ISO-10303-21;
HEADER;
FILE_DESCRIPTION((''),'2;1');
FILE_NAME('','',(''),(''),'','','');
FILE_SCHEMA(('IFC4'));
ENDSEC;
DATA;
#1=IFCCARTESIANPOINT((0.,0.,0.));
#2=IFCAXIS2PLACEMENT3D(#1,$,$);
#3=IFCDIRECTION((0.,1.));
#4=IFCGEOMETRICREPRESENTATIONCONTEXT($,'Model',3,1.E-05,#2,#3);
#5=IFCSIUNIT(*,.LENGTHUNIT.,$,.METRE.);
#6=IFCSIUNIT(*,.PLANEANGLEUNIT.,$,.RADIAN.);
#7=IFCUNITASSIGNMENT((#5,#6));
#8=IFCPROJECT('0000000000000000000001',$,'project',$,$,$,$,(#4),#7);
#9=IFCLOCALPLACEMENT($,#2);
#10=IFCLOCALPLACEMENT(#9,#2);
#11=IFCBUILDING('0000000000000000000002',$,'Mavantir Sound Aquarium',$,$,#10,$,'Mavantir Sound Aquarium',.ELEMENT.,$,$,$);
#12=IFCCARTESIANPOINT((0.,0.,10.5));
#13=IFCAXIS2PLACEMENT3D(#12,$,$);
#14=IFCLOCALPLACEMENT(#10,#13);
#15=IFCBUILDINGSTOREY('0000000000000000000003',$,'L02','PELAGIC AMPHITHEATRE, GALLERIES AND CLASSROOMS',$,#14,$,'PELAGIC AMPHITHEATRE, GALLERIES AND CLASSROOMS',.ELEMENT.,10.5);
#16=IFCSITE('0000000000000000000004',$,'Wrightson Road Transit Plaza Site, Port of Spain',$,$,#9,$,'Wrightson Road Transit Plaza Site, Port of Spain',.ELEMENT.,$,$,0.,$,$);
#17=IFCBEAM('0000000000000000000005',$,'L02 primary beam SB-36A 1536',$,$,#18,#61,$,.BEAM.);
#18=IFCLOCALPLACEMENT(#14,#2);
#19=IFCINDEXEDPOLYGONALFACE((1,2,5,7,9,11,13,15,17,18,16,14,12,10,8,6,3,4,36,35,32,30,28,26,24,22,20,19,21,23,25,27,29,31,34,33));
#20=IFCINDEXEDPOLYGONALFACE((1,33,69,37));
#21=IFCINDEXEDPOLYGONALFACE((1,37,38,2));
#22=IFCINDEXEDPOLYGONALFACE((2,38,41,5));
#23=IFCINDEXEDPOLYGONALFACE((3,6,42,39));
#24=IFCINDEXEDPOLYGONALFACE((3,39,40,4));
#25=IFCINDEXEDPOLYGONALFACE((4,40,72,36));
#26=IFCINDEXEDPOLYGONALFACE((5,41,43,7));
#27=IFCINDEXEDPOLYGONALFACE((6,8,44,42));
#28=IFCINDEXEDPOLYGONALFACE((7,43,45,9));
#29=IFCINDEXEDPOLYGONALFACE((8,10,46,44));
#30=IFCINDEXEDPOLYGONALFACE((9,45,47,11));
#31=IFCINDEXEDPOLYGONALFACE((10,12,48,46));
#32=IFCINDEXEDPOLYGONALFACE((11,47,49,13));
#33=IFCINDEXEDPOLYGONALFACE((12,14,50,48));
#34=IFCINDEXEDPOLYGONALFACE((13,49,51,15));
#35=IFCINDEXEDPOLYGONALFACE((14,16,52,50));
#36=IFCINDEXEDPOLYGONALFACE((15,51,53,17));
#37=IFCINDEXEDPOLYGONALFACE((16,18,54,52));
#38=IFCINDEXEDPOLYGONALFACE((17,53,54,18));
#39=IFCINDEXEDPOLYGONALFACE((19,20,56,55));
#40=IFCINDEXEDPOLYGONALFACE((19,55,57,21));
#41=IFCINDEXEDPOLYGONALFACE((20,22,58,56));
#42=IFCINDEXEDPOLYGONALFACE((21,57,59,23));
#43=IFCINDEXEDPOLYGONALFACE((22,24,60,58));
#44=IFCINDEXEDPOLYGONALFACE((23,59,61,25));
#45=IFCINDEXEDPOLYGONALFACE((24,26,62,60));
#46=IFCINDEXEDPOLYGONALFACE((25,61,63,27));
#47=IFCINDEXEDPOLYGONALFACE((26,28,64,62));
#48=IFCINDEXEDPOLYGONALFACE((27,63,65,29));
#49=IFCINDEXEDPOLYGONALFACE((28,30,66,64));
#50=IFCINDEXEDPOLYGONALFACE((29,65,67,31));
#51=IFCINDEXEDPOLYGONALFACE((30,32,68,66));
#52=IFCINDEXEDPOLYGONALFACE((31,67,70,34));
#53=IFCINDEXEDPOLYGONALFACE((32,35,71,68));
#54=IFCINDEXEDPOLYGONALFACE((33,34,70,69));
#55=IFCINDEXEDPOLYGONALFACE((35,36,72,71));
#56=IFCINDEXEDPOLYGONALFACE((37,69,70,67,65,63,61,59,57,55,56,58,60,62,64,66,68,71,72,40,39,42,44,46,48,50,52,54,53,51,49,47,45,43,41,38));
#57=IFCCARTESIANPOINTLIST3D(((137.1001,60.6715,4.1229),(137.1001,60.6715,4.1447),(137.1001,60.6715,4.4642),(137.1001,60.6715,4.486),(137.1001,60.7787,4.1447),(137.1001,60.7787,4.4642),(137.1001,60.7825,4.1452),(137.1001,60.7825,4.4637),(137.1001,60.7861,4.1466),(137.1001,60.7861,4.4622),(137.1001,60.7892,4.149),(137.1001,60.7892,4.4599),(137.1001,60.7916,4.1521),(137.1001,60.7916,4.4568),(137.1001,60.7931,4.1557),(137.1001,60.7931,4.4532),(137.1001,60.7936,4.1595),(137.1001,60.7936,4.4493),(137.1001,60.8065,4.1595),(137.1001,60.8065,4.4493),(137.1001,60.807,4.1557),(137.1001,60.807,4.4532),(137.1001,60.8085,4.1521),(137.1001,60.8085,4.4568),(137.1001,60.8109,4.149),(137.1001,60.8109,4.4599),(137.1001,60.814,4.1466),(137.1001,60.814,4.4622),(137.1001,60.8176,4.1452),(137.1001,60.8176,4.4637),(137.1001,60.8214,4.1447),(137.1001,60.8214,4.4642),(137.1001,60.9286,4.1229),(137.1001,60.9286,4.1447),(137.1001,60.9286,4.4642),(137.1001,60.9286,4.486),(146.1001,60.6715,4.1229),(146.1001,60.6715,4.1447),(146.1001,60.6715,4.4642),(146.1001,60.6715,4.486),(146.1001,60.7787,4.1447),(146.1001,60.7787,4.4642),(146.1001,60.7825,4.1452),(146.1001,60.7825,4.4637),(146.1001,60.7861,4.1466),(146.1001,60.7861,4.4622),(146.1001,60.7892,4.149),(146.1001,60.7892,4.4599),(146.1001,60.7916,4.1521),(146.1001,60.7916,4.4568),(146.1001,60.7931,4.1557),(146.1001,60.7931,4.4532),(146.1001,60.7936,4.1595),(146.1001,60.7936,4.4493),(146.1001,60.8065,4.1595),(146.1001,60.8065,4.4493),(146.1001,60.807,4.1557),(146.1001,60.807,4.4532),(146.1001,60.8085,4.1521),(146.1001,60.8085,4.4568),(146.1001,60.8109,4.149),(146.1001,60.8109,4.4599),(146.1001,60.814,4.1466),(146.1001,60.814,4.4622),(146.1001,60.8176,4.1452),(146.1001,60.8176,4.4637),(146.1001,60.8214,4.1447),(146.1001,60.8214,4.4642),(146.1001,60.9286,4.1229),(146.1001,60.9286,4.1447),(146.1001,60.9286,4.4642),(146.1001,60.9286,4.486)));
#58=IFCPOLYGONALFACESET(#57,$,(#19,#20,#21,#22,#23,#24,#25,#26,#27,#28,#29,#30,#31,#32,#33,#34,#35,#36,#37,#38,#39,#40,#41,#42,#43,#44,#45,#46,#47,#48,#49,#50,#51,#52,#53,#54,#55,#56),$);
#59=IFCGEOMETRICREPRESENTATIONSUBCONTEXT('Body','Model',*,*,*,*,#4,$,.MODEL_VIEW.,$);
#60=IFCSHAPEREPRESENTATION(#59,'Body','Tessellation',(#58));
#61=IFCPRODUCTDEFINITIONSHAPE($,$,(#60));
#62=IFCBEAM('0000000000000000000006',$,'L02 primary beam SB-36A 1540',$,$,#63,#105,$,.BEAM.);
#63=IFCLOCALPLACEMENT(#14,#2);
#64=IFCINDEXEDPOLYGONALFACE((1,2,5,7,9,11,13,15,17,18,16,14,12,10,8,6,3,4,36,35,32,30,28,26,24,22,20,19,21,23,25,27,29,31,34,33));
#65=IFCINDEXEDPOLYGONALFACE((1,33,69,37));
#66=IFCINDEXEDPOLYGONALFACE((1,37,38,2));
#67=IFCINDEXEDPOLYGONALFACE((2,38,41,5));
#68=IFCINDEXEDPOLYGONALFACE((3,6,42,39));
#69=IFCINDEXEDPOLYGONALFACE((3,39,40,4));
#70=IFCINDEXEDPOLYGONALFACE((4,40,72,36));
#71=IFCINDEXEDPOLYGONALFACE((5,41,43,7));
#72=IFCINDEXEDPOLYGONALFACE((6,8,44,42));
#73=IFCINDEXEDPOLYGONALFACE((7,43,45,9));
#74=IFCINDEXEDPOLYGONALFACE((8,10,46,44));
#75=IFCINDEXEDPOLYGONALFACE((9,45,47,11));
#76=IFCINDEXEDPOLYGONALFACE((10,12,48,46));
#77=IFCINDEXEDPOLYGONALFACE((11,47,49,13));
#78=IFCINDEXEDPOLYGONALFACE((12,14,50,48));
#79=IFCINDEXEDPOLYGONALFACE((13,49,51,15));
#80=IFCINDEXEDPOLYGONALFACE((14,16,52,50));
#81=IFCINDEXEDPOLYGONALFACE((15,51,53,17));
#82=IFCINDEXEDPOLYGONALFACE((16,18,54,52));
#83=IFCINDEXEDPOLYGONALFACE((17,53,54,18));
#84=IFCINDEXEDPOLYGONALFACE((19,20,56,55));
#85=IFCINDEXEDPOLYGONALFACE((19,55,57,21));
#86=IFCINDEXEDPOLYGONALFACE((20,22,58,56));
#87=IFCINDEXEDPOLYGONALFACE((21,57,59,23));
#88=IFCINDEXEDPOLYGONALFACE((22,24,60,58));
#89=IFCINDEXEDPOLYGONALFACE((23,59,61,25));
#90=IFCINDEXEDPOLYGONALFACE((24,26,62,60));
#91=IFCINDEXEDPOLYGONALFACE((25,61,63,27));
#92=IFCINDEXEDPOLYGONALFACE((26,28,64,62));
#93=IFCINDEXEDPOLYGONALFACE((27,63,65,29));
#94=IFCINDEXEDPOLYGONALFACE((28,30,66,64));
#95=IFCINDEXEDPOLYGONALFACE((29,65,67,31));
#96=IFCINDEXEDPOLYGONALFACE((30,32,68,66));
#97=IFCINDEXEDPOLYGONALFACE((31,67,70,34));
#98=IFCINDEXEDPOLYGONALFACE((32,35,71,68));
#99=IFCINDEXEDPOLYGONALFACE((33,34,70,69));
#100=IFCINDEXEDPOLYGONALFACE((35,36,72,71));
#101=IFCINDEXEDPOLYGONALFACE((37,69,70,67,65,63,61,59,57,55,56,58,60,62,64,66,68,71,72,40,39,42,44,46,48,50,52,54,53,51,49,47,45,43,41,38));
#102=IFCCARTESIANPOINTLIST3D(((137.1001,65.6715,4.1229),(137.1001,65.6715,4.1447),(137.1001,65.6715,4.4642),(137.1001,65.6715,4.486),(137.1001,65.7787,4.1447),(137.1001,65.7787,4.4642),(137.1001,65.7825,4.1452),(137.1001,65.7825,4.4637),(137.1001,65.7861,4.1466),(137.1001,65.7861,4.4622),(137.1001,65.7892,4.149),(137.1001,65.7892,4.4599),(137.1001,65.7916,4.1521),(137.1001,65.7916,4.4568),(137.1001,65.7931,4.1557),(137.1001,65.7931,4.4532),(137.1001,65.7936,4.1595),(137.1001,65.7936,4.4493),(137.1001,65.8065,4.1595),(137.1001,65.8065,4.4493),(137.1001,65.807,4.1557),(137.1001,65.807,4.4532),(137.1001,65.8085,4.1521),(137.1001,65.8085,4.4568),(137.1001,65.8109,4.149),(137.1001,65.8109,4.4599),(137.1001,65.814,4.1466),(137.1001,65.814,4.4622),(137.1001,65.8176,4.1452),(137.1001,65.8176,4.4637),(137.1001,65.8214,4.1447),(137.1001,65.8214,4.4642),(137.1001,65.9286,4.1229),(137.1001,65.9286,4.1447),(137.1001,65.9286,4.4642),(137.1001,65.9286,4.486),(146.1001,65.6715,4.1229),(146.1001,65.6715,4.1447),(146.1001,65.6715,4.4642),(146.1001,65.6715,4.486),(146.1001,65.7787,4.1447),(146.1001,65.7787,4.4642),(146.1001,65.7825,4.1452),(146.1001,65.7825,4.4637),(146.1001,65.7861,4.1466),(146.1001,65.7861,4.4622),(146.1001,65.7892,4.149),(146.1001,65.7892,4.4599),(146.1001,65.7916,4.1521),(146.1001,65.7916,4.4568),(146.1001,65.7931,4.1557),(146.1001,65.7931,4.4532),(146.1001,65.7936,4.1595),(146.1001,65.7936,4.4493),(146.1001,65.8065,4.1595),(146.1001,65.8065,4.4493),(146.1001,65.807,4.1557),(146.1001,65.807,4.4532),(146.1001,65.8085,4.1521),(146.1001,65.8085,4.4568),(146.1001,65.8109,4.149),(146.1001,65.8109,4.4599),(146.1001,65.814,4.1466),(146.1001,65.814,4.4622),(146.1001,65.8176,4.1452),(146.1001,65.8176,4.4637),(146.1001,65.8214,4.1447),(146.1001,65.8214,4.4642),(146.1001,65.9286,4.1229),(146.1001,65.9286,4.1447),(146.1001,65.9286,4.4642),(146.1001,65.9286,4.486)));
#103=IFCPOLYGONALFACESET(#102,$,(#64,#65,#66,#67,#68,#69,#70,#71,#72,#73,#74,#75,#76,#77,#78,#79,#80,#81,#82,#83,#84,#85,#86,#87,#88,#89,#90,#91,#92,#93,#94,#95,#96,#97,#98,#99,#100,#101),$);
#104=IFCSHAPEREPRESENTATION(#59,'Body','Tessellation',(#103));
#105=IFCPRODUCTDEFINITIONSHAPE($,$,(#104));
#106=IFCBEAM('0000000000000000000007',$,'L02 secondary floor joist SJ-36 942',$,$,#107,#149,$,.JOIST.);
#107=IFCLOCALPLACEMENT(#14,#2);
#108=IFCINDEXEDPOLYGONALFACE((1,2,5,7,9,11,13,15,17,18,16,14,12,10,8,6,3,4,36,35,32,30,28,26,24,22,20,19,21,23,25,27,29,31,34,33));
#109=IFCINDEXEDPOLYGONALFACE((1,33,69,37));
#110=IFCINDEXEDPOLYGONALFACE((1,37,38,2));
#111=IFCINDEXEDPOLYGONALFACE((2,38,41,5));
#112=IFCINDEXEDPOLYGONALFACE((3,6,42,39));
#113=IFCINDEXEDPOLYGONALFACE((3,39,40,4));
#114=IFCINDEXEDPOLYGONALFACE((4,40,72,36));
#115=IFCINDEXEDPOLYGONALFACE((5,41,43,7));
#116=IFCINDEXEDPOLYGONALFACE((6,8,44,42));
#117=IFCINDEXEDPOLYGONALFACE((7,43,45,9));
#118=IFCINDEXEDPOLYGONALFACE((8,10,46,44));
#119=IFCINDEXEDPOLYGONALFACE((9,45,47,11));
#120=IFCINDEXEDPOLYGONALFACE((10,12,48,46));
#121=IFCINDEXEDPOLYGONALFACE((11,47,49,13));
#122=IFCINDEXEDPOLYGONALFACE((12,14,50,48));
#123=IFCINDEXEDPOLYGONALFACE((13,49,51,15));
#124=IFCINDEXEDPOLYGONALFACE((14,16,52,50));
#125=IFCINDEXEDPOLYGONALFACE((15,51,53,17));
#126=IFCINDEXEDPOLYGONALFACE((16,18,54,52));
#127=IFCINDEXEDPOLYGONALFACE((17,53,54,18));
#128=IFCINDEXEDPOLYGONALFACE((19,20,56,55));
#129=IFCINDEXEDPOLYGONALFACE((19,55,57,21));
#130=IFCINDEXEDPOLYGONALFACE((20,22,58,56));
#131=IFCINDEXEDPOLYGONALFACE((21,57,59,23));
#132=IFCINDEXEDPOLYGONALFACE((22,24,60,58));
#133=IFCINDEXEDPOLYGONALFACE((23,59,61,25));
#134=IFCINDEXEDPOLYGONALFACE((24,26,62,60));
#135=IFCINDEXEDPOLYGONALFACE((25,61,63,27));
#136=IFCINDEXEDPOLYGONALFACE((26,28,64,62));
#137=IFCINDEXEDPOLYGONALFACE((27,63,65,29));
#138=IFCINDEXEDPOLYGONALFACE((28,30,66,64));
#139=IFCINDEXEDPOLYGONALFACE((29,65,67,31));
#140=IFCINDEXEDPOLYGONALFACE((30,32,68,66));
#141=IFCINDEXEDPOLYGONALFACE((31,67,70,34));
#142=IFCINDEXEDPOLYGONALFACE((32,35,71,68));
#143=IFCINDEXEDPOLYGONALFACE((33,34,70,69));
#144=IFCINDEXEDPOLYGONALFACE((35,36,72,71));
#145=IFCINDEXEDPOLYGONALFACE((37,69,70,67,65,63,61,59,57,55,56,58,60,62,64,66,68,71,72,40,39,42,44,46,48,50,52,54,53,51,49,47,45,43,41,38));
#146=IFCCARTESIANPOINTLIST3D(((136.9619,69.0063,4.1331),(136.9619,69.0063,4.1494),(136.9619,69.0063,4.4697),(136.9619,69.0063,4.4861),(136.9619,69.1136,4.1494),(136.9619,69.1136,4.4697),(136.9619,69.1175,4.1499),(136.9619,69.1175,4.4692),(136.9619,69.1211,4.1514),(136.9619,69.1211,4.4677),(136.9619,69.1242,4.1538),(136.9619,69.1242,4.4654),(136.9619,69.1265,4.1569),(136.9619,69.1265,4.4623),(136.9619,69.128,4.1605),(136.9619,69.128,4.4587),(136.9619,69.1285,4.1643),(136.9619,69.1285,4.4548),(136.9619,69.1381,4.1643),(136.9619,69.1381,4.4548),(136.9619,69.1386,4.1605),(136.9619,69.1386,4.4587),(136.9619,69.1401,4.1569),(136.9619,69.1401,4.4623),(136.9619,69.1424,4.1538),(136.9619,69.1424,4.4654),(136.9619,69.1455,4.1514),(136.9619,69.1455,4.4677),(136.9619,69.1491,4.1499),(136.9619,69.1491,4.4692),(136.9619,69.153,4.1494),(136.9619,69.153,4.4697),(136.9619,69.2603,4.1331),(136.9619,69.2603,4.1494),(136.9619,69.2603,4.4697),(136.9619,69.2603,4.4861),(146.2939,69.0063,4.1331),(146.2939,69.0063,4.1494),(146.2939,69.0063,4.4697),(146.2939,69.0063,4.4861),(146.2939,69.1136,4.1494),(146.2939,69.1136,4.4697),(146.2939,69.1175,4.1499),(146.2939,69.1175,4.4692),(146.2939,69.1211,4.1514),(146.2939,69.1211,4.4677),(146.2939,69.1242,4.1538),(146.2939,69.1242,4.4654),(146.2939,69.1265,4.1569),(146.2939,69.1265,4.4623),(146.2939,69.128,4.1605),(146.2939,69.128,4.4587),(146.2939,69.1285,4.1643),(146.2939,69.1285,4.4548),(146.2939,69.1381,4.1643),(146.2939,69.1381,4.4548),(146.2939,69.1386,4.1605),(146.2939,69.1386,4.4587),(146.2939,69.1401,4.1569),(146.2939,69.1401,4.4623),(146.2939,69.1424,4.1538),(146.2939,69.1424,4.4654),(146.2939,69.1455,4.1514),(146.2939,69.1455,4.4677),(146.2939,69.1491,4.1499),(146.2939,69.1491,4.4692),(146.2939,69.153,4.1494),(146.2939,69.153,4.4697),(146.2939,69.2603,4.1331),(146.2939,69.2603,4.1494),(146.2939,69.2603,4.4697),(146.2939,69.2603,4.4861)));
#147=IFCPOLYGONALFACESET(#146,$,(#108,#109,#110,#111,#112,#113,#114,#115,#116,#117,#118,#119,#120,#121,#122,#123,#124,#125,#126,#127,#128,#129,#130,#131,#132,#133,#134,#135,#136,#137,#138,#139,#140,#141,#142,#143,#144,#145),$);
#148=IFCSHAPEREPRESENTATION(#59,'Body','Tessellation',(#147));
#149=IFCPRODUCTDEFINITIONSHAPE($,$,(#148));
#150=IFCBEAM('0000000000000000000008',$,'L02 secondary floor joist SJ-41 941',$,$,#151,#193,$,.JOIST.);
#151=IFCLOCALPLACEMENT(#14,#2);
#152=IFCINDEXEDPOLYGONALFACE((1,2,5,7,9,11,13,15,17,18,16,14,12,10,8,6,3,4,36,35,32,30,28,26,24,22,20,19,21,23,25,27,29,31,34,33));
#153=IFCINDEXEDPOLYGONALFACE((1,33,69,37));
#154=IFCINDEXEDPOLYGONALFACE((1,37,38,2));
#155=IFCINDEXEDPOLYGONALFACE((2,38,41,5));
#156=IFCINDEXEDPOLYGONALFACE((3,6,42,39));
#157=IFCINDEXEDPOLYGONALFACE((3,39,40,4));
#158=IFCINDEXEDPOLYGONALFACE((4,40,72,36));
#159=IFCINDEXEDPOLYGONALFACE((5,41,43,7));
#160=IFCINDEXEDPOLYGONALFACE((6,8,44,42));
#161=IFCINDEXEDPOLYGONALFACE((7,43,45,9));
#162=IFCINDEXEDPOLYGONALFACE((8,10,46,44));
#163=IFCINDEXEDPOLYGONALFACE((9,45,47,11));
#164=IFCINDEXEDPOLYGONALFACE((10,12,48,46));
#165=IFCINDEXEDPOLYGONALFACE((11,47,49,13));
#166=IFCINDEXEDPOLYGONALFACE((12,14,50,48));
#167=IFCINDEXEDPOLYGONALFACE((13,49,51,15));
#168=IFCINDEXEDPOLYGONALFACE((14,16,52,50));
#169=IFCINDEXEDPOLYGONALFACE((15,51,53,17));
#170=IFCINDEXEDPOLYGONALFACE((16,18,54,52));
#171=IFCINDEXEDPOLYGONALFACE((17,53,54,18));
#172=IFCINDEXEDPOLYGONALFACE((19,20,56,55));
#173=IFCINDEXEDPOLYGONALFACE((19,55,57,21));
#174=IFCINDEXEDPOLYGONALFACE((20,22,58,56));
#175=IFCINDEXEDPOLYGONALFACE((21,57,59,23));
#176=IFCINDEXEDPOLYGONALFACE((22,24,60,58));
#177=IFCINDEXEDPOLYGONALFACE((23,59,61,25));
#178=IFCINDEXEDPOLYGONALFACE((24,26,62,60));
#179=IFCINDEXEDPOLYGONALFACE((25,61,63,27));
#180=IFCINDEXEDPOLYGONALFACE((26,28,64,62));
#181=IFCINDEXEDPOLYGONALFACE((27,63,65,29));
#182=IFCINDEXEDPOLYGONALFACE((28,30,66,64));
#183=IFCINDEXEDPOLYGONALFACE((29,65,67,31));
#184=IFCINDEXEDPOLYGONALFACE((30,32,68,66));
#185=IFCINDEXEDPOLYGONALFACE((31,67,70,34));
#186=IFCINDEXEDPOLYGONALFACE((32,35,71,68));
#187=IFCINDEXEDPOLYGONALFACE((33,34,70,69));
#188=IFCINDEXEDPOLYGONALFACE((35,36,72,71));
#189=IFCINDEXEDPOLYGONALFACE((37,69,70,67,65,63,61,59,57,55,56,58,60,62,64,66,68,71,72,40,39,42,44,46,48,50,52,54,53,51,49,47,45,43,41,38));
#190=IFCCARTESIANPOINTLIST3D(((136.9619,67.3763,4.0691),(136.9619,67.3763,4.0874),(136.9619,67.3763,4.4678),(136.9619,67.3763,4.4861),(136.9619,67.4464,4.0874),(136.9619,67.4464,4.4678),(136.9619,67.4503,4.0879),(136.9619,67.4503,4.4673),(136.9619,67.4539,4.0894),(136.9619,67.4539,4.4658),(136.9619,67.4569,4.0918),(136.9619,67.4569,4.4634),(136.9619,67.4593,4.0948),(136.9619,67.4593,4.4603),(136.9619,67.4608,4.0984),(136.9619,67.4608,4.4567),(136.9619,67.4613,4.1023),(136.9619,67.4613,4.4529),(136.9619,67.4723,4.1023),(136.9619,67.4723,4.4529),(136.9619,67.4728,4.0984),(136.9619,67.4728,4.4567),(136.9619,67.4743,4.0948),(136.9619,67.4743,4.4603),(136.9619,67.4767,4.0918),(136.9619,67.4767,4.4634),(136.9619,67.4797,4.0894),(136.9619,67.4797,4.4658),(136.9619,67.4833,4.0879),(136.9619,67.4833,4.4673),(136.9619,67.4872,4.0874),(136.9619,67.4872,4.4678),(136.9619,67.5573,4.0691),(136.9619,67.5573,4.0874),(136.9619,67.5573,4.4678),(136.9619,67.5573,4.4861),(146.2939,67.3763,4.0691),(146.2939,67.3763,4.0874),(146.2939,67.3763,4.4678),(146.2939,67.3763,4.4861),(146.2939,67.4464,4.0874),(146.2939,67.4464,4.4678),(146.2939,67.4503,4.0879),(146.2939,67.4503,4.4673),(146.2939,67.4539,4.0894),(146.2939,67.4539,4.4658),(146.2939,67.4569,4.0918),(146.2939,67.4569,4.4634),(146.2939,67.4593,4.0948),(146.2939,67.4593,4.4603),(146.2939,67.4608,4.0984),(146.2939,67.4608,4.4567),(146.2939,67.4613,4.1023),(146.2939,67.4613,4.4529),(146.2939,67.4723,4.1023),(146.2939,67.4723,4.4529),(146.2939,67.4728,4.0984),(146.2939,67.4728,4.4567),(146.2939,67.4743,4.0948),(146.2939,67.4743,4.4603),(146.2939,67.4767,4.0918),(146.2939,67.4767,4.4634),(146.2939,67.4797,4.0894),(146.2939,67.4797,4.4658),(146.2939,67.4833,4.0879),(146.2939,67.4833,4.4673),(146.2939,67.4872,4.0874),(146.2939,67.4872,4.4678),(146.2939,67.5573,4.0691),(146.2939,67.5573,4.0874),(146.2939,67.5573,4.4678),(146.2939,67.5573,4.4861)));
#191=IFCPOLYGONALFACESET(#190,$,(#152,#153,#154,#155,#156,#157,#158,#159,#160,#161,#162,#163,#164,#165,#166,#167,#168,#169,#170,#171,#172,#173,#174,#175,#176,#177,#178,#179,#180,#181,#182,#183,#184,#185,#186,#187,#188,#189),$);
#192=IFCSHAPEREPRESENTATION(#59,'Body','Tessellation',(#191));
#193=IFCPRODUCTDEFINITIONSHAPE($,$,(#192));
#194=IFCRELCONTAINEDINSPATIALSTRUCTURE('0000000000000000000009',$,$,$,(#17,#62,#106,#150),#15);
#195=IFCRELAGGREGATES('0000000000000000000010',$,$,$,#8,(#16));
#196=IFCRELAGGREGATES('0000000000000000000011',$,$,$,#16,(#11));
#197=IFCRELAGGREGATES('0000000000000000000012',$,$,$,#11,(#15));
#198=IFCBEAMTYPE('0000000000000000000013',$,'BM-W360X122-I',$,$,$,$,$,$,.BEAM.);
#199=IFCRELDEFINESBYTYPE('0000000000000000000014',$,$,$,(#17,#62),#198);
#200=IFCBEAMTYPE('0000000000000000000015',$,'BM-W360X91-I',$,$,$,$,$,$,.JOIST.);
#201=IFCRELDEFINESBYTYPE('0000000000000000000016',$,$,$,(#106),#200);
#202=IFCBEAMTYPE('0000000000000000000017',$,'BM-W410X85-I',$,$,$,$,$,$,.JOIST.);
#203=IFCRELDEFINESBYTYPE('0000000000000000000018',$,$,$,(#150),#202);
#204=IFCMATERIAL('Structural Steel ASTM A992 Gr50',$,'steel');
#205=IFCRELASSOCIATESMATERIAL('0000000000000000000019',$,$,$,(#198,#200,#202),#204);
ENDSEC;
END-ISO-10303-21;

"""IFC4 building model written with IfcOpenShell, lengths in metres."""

from ifc_helpers import new_model, si_unit, direction, frame, origin, origin_2d, place, context, subcontext, project, spatial, i_section, extrude, material, material_profile, profile_set, type_object, element, save


model = new_model("IFC4")

# Units and contexts
model_context = context("Model", 3, precision=1e-05, world=origin(), true_north=direction((0.0, 1.0)))
body_context = subcontext(model_context, "Body", "Model", "MODEL_VIEW")
ifc_project = project(units=[si_unit("LENGTHUNIT", "METRE"), si_unit("PLANEANGLEUNIT", "RADIAN")], contexts=[model_context])

# Site, building, storey
site_placement = place(None, origin())
site = spatial("IfcSite", under=ifc_project, at=site_placement, Name="Wrightson Road Transit Plaza Site, Port of Spain", LongName="Wrightson Road Transit Plaza Site, Port of Spain", CompositionType="ELEMENT", RefElevation=0.0)
building_placement = place(site_placement, origin())
building = spatial("IfcBuilding", under=site, at=building_placement, Name="Mavantir Sound Aquarium", LongName="Mavantir Sound Aquarium", CompositionType="ELEMENT")
storey_placement = place(building_placement, frame((0.0, 0.0, 10.5)))
storey = spatial("IfcBuildingStorey", under=building, at=storey_placement, Name="L02", Description="PELAGIC AMPHITHEATRE, GALLERIES AND CLASSROOMS", LongName="PELAGIC AMPHITHEATRE, GALLERIES AND CLASSROOMS", CompositionType="ELEMENT", Elevation=10.5)

# Beams
ifc_material_1 = material(Name="Structural Steel ASTM A992 Gr50", Category="steel")
ifc_material_profile_1 = material_profile(ifc_material_1, i_section(OverallWidth=0.2571, OverallDepth=0.363, WebThickness=0.0129, FlangeThickness=0.0217, FilletRadius=0.0149, at=origin_2d()), Name="W360X122")
ifc_profile_set_1 = profile_set([ifc_material_profile_1], Name="Structural Steel ASTM A992 Gr50")
beam_type_1 = type_object("IfcBeamType", Name="BM-W360X122-I", PredefinedType="BEAM", material=ifc_profile_set_1)
for number, where, z_axis, x_axis, name in (
    (1, (137.1001, 60.8, 4.3044), (1.0, 0.0, 0.0), (0.0, 1.0, 0.0), "L02 primary beam SB-36A 1536"),
    (2, (137.1001, 65.8, 4.3044), (1.0, 0.0, 0.0), (0.0, 1.0, 0.0), "L02 primary beam SB-36A 1540"),
):
    element("IfcBeam", number, at=place(storey_placement, frame(where, z_axis=z_axis, x_axis=x_axis)), inside=storey, type_object=beam_type_1, Name=name, PredefinedType="BEAM", context=body_context, shape_type="SweptSolid", body=[
        extrude(i_section(OverallWidth=0.2571, OverallDepth=0.363, WebThickness=0.0129, FlangeThickness=0.0217, FilletRadius=0.0149, at=origin_2d()), origin(), (0.0, 0.0, 1.0), 9.0),
    ])
ifc_material_profile_2 = material_profile(ifc_material_1, i_section(OverallWidth=0.2539, OverallDepth=0.353, WebThickness=0.0095, FlangeThickness=0.0164, FilletRadius=0.0149, at=origin_2d()), Name="W360X91")
ifc_profile_set_2 = profile_set([ifc_material_profile_2], Name="Structural Steel ASTM A992 Gr50")
beam_type_2 = type_object("IfcBeamType", Name="BM-W360X91-I", PredefinedType="JOIST", material=ifc_profile_set_2)
beam_1_placement = place(storey_placement, frame((136.9619, 69.1333, 4.3096), z_axis=(1.0, 0.0, 0.0), x_axis=(0.0, 1.0, 0.0)))
element("IfcBeam", 3, at=beam_1_placement, inside=storey, type_object=beam_type_2, Name="L02 secondary floor joist SJ-36 942", PredefinedType="JOIST", context=body_context, shape_type="SweptSolid", body=[
    extrude(i_section(OverallWidth=0.2539, OverallDepth=0.353, WebThickness=0.0095, FlangeThickness=0.0164, FilletRadius=0.0149, at=origin_2d()), origin(), (0.0, 0.0, 1.0), 9.332),
])
ifc_material_profile_3 = material_profile(ifc_material_1, i_section(OverallWidth=0.1809, OverallDepth=0.417, WebThickness=0.011, FlangeThickness=0.0183, FilletRadius=0.0149, at=origin_2d()), Name="W410X85")
ifc_profile_set_3 = profile_set([ifc_material_profile_3], Name="Structural Steel ASTM A992 Gr50")
beam_type_3 = type_object("IfcBeamType", Name="BM-W410X85-I", PredefinedType="JOIST", material=ifc_profile_set_3)
beam_2_placement = place(storey_placement, frame((136.9619, 67.4668, 4.2776), z_axis=(1.0, 0.0, 0.0), x_axis=(0.0, 1.0, 0.0)))
element("IfcBeam", 4, at=beam_2_placement, inside=storey, type_object=beam_type_3, Name="L02 secondary floor joist SJ-41 941", PredefinedType="JOIST", context=body_context, shape_type="SweptSolid", body=[
    extrude(i_section(OverallWidth=0.1809, OverallDepth=0.417, WebThickness=0.011, FlangeThickness=0.0183, FilletRadius=0.0149, at=origin_2d()), origin(), (0.0, 0.0, 1.0), 9.332),
])

save(model, "model.ifc")
